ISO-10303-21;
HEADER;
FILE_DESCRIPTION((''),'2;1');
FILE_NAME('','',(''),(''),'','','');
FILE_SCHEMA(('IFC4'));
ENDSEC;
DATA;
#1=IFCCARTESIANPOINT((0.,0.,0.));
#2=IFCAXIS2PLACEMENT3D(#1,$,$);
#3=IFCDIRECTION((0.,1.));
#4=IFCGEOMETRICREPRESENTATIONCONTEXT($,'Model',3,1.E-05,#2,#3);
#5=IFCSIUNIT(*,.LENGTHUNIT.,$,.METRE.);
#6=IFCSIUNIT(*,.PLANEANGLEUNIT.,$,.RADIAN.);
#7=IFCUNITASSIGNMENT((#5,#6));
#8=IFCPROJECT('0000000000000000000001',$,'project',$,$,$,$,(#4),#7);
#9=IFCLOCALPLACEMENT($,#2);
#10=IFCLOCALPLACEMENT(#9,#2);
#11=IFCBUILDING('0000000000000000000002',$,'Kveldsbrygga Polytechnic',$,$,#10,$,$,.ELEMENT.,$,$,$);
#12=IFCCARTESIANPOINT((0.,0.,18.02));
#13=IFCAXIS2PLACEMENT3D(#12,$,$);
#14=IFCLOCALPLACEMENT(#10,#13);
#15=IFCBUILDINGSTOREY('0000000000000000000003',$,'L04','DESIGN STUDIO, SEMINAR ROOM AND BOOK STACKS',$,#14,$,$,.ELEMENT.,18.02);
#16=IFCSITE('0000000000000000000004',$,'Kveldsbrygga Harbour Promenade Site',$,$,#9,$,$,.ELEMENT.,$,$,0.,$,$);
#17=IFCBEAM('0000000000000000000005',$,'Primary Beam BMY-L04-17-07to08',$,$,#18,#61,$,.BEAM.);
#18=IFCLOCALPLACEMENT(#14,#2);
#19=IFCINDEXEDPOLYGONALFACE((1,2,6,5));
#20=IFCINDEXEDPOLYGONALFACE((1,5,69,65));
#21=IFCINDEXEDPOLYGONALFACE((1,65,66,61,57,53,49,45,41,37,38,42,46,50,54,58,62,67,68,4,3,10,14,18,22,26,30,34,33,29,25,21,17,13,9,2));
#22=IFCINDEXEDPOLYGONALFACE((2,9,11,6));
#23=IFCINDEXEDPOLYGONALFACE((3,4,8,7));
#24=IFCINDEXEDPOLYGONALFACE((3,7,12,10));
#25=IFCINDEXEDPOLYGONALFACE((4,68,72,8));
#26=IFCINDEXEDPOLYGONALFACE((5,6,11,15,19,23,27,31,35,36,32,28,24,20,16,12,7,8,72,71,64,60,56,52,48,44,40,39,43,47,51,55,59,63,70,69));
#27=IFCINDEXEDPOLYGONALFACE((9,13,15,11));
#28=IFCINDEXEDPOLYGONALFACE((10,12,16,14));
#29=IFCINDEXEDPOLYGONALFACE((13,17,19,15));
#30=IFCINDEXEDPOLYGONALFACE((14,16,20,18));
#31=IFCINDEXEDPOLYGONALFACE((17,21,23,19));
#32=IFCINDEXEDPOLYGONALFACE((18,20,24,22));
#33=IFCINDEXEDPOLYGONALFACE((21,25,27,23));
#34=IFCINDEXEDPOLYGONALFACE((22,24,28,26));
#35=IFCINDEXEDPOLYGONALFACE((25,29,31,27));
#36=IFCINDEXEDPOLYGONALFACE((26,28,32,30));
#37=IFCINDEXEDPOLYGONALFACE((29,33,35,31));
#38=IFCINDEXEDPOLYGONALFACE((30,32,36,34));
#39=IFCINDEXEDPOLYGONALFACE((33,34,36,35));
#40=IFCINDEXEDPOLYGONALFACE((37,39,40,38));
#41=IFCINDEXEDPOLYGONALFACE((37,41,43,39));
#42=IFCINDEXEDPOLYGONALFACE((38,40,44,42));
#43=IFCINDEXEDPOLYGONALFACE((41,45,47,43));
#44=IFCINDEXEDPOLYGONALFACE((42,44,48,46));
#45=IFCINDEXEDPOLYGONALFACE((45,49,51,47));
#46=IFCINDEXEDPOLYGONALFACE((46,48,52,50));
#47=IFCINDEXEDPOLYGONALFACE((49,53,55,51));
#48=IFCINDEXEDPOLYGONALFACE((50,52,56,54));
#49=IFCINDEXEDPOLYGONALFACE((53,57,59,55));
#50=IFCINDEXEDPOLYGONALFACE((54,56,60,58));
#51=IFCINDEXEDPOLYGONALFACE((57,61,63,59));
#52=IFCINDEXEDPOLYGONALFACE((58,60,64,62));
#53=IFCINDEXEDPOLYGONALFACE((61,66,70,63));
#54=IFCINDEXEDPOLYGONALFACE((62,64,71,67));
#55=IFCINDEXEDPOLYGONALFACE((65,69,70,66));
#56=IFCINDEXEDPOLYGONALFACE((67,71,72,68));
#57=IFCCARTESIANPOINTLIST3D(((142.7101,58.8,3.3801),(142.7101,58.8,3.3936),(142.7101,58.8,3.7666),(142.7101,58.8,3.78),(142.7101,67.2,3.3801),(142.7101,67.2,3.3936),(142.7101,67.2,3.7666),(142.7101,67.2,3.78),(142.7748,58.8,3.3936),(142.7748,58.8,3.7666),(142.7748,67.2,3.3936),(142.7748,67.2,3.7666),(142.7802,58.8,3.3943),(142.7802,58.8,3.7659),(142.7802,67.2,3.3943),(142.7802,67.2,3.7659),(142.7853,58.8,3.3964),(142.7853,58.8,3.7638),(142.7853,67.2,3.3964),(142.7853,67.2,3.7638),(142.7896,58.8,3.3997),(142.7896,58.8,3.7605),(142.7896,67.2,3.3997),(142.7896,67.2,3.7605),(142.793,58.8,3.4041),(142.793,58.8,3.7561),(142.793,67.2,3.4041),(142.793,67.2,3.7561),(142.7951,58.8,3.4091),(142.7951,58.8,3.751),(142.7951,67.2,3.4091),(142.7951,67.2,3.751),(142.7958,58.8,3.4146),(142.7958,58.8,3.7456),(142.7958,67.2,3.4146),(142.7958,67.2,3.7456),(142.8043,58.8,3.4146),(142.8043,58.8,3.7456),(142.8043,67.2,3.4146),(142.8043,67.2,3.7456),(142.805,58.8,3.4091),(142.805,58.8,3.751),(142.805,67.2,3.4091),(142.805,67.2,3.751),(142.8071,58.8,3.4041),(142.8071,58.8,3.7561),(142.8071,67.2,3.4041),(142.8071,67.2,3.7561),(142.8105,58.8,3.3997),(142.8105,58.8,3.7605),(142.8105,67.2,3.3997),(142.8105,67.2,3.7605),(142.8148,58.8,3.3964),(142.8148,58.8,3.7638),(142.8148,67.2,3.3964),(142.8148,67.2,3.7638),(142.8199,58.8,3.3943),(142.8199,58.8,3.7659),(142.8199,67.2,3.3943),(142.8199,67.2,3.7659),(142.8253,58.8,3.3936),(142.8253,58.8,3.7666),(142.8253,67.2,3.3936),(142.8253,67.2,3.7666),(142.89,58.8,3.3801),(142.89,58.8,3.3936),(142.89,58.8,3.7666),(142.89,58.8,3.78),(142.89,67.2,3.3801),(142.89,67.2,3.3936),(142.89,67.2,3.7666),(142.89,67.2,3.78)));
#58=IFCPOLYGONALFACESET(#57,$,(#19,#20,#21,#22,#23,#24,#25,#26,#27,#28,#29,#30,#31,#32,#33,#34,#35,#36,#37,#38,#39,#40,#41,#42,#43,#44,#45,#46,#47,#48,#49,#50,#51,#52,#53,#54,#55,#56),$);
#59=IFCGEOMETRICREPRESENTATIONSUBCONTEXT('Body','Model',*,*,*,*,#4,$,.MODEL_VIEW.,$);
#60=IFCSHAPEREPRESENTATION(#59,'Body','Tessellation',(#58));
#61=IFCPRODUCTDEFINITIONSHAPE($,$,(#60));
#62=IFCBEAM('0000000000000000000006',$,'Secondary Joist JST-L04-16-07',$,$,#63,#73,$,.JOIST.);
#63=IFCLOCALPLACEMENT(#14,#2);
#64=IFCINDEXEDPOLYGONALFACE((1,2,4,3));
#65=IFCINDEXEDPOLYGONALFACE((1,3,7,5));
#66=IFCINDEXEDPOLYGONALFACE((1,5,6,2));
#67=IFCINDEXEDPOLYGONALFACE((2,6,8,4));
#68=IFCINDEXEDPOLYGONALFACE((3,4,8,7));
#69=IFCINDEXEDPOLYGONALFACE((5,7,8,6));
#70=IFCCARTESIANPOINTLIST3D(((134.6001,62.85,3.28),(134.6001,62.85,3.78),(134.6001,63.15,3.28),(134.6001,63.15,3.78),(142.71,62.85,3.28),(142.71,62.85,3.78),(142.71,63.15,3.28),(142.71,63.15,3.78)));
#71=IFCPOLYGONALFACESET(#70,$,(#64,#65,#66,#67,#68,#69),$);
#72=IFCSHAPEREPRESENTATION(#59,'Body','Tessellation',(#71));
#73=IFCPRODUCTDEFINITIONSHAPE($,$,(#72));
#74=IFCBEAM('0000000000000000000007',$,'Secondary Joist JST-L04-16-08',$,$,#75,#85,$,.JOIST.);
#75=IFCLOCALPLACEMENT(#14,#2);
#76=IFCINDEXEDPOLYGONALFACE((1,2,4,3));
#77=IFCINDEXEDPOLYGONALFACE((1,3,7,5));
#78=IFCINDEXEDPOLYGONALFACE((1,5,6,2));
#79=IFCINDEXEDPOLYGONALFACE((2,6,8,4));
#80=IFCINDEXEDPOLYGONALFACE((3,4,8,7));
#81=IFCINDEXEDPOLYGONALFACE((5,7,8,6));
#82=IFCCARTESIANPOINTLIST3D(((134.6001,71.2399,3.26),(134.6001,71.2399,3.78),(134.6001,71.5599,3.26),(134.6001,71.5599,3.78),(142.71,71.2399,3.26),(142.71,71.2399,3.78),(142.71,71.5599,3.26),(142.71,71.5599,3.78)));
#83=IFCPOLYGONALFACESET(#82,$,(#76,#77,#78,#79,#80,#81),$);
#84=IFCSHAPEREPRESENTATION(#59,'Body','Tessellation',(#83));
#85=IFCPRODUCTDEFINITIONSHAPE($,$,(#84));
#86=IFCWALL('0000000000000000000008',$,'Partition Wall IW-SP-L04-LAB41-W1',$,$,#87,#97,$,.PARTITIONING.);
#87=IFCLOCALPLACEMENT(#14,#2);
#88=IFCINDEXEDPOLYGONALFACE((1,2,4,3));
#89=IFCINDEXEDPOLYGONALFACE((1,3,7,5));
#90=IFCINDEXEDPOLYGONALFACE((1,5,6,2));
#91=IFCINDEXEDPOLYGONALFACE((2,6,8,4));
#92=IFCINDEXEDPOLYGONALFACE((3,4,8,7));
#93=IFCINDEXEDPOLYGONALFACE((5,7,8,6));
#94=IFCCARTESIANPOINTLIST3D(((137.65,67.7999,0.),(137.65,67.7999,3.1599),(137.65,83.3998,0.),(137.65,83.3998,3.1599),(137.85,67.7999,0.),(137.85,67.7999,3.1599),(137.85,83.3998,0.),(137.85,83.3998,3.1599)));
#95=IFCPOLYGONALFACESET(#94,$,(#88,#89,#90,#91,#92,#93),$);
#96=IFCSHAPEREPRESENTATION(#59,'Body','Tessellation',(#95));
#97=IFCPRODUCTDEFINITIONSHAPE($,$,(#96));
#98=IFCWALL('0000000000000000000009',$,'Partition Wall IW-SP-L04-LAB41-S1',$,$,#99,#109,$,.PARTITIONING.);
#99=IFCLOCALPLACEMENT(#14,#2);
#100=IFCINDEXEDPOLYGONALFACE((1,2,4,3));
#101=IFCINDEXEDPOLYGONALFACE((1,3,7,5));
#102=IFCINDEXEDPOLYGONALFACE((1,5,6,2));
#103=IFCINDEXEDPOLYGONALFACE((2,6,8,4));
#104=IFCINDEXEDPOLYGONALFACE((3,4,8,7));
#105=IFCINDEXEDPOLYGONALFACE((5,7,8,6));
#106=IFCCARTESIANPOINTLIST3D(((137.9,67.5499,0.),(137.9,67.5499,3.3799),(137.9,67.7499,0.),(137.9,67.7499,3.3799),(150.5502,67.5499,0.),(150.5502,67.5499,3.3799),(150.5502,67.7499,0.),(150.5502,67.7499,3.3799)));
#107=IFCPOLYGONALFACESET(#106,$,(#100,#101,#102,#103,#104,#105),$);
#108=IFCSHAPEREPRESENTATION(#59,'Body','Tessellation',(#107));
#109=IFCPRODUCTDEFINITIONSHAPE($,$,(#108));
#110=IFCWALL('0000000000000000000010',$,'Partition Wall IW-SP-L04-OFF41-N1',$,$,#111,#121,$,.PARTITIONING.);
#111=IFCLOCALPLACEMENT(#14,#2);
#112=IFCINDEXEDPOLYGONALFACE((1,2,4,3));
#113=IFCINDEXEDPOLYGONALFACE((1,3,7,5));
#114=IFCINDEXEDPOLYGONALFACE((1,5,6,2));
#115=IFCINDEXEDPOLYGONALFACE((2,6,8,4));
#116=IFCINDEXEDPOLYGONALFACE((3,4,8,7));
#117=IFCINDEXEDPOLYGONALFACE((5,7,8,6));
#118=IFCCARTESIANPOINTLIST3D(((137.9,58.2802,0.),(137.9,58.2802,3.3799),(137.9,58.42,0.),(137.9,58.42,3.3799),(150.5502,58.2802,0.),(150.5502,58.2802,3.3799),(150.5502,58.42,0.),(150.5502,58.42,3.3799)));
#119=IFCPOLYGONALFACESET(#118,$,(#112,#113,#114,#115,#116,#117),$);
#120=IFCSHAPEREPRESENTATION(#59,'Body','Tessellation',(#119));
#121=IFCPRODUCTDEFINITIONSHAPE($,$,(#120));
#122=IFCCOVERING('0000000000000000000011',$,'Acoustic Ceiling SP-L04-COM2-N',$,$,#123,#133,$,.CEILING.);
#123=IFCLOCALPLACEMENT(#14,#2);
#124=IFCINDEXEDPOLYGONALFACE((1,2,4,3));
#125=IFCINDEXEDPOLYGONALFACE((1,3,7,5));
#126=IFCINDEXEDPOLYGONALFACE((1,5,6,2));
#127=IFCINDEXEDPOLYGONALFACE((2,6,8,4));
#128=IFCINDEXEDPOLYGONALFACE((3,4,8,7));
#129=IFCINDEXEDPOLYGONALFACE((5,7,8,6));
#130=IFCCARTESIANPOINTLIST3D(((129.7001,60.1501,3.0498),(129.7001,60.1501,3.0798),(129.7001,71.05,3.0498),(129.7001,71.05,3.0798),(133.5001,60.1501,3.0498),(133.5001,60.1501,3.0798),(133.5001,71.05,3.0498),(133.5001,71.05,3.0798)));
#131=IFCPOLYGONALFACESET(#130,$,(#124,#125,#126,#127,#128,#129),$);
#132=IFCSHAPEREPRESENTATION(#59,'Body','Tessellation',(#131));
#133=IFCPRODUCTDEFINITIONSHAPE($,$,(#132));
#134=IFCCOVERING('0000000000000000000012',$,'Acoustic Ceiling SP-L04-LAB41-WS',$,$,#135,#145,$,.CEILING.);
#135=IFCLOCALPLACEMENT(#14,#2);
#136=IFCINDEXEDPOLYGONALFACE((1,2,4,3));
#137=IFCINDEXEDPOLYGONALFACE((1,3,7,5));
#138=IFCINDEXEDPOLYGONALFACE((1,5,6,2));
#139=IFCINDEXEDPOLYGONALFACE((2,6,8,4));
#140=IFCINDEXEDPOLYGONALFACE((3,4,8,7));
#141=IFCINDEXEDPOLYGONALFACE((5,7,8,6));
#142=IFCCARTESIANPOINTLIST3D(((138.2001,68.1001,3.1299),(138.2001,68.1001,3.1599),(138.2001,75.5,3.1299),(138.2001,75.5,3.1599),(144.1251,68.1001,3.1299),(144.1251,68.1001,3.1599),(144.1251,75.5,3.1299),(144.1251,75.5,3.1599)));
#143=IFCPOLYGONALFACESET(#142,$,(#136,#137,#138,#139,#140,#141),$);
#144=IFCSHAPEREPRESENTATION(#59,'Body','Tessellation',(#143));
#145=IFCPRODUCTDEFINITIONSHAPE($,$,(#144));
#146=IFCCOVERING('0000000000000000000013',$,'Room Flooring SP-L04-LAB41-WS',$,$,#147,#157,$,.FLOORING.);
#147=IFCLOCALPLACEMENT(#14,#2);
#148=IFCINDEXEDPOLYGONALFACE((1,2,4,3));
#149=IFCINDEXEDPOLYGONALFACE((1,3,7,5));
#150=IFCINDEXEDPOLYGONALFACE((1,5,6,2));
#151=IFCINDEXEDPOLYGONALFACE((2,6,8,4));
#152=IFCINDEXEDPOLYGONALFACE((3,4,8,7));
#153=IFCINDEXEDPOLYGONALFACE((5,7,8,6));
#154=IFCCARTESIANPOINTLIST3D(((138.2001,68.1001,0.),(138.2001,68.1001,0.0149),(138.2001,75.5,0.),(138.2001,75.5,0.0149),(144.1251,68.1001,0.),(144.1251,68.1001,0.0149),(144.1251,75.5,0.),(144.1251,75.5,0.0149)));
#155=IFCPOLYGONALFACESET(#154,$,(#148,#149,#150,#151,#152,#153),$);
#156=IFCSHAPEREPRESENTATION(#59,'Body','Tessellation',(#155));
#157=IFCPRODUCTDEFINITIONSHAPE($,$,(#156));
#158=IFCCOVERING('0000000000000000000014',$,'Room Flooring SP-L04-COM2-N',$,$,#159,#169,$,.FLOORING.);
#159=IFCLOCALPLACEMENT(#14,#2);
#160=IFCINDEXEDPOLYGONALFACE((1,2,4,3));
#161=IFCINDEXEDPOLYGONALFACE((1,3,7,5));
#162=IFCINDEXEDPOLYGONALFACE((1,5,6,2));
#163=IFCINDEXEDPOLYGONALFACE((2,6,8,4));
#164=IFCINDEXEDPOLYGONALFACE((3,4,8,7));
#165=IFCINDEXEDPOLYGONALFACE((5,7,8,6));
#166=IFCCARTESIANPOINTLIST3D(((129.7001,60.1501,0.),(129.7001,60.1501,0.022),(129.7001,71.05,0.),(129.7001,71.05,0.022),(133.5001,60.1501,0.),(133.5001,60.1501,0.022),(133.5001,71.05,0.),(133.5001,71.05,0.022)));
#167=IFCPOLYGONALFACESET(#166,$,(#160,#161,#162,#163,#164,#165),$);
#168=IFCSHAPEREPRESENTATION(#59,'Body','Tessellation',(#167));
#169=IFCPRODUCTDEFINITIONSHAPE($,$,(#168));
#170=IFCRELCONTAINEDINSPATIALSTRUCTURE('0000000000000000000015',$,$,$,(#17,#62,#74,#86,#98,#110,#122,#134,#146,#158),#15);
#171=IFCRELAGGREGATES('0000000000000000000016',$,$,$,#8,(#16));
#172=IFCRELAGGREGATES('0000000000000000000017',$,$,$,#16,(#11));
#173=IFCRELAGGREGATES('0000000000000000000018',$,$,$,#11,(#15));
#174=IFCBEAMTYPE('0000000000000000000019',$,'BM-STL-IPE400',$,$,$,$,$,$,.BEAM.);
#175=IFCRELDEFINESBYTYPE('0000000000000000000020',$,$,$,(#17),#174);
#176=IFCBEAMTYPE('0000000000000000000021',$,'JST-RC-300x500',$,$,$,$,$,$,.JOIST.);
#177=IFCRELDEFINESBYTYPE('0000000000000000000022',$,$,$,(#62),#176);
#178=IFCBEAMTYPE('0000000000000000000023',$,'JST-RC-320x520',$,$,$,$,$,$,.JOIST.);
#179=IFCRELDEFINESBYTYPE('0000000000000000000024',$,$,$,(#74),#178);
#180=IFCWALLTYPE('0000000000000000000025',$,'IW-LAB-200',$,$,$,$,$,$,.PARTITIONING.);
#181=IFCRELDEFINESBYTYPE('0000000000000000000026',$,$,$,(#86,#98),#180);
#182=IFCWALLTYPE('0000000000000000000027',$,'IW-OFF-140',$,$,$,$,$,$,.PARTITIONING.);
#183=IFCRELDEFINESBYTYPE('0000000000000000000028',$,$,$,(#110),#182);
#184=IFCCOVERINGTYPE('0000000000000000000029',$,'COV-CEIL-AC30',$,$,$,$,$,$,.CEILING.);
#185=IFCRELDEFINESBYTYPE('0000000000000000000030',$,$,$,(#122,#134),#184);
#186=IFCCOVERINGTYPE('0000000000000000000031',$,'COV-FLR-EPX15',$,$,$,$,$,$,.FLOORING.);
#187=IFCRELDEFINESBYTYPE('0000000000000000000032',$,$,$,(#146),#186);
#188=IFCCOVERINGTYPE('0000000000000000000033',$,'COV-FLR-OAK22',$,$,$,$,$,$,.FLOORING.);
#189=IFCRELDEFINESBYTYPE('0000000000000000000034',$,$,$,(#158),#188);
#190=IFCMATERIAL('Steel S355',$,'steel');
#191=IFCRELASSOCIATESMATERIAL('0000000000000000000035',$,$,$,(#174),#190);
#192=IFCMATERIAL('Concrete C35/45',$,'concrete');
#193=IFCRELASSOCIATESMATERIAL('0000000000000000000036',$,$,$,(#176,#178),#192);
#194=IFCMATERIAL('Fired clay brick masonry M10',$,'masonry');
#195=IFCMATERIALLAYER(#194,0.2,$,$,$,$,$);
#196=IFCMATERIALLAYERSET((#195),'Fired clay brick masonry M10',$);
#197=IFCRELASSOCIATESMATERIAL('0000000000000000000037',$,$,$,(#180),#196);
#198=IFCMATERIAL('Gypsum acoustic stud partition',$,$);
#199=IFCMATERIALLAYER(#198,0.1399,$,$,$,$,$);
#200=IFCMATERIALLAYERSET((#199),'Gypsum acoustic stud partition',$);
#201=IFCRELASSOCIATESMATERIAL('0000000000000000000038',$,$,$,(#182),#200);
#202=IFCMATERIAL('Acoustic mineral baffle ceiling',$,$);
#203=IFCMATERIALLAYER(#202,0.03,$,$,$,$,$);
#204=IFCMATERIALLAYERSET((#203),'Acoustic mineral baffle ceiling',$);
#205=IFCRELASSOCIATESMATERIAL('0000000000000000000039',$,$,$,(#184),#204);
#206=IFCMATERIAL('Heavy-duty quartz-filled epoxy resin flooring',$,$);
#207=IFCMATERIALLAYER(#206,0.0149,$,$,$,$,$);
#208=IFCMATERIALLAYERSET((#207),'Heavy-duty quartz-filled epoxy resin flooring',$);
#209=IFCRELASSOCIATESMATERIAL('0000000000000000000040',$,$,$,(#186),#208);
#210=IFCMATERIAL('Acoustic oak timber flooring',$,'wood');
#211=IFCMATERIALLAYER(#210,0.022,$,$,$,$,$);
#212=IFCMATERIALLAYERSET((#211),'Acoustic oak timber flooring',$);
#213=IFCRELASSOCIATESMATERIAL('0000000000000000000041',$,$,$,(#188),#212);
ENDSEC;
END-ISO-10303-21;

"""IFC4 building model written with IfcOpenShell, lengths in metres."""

from ifc_helpers import new_model, si_unit, direction, frame, frame_2d, origin, origin_2d, place, context, subcontext, project, spatial, rectangle, i_section, extrude, material, layer, layer_set, material_profile, profile_set, type_object, element, save


model = new_model("IFC4")

# Units and contexts
model_context = context("Model", 3, precision=1e-05, world=origin(), true_north=direction((0.0, 1.0)))
body_context = subcontext(model_context, "Body", "Model", "MODEL_VIEW")
ifc_project = project(units=[si_unit("LENGTHUNIT", "METRE"), si_unit("PLANEANGLEUNIT", "RADIAN")], contexts=[model_context])

# Site, building, storey
site_placement = place(None, origin())
site = spatial("IfcSite", under=ifc_project, at=site_placement, Name="Kveldsbrygga Harbour Promenade Site", CompositionType="ELEMENT", RefElevation=0.0)
building_placement = place(site_placement, origin())
building = spatial("IfcBuilding", under=site, at=building_placement, Name="Kveldsbrygga Polytechnic", CompositionType="ELEMENT")
storey_placement = place(building_placement, frame((0.0, 0.0, 18.02)))
storey = spatial("IfcBuildingStorey", under=building, at=storey_placement, Name="L04", Description="DESIGN STUDIO, SEMINAR ROOM AND BOOK STACKS", CompositionType="ELEMENT", Elevation=18.02)

# Beams
ifc_material_1 = material(Name="Concrete C35/45", Category="concrete")
ifc_material_2 = material(Name="Steel S355", Category="steel")
ifc_material_profile_1 = material_profile(ifc_material_2, i_section(OverallWidth=0.1799, OverallDepth=0.3999, WebThickness=0.0085, FlangeThickness=0.0134, FilletRadius=0.021, at=origin_2d()), Name="IPE 400")
ifc_profile_set_1 = profile_set([ifc_material_profile_1], Name="Steel S355")
beam_type_1 = type_object("IfcBeamType", Name="BM-STL-IPE400", PredefinedType="BEAM", material=ifc_profile_set_1)
beam_1_placement = place(storey_placement, frame((142.8, 58.8, 3.5801), z_axis=(0.0, 1.0, 0.0), x_axis=(-1.0, 0.0, 0.0)))
element("IfcBeam", 1, at=beam_1_placement, inside=storey, type_object=beam_type_1, Name="Primary Beam BMY-L04-17-07to08", PredefinedType="BEAM", context=body_context, shape_type="SweptSolid", body=[
    extrude(i_section(OverallWidth=0.1799, OverallDepth=0.3999, WebThickness=0.0085, FlangeThickness=0.0134, FilletRadius=0.021, at=origin_2d()), origin(), (0.0, 0.0, 1.0), 8.3999),
])
ifc_material_profile_2 = material_profile(ifc_material_1, rectangle(XDim=0.3, YDim=0.5, at=origin_2d()), Name="RC 300x500")
ifc_profile_set_2 = profile_set([ifc_material_profile_2], Name="Concrete C35/45")
beam_type_2 = type_object("IfcBeamType", Name="JST-RC-300x500", PredefinedType="JOIST", material=ifc_profile_set_2)
beam_2_placement = place(storey_placement, frame((134.6001, 63.0, 3.53), z_axis=(1.0, 0.0, 0.0), x_axis=(0.0, 1.0, 0.0)))
element("IfcBeam", 2, at=beam_2_placement, inside=storey, type_object=beam_type_2, Name="Secondary Joist JST-L04-16-07", PredefinedType="JOIST", context=body_context, shape_type="SweptSolid", body=[
    extrude(rectangle(XDim=0.3, YDim=0.5, at=origin_2d()), origin(), (0.0, 0.0, 1.0), 8.1099),
])
ifc_material_profile_3 = material_profile(ifc_material_1, rectangle(XDim=0.3201, YDim=0.52, at=origin_2d()), Name="RC 320x520")
ifc_profile_set_3 = profile_set([ifc_material_profile_3], Name="Concrete C35/45")
beam_type_3 = type_object("IfcBeamType", Name="JST-RC-320x520", PredefinedType="JOIST", material=ifc_profile_set_3)
beam_3_placement = place(storey_placement, frame((134.6001, 71.3999, 3.52), z_axis=(1.0, 0.0, 0.0), x_axis=(0.0, 1.0, 0.0)))
element("IfcBeam", 3, at=beam_3_placement, inside=storey, type_object=beam_type_3, Name="Secondary Joist JST-L04-16-08", PredefinedType="JOIST", context=body_context, shape_type="SweptSolid", body=[
    extrude(rectangle(XDim=0.3201, YDim=0.52, at=origin_2d()), origin(), (0.0, 0.0, 1.0), 8.1099),
])

# Walls
ifc_material_3 = material(Name="Fired clay brick masonry M10", Category="masonry")
ifc_layer_1 = layer(ifc_material_3, 0.2)
ifc_layer_set_1 = layer_set([ifc_layer_1], Name="Fired clay brick masonry M10")
wall_type_1 = type_object("IfcWallType", Name="IW-LAB-200", PredefinedType="PARTITIONING", material=ifc_layer_set_1)
wall_1_placement = place(storey_placement, frame((137.75, 67.8, 0.0), z_axis=(0.0, 0.0, 1.0), x_axis=(0.0, 1.0, 0.0)))
element("IfcWall", 4, at=wall_1_placement, inside=storey, type_object=wall_type_1, Name="Partition Wall IW-SP-L04-LAB41-W1", PredefinedType="PARTITIONING", context=body_context, shape_type="SweptSolid", body=[
    extrude(rectangle(XDim=15.5999, YDim=0.2, at=frame_2d((7.7998, 0.0))), origin(), (0.0, 0.0, 1.0), 3.1599),
])
wall_2_placement = place(storey_placement, frame((137.8999, 67.6499, 0.0), z_axis=(0.0, 0.0, 1.0), x_axis=(1.0, 0.0, 0.0)))
element("IfcWall", 5, at=wall_2_placement, inside=storey, type_object=wall_type_1, Name="Partition Wall IW-SP-L04-LAB41-S1", PredefinedType="PARTITIONING", context=body_context, shape_type="SweptSolid", body=[
    extrude(rectangle(XDim=12.6501, YDim=0.2, at=frame_2d((6.3252, 0.0))), origin(), (0.0, 0.0, 1.0), 3.3799),
])
ifc_material_4 = material(Name="Gypsum acoustic stud partition")
ifc_layer_2 = layer(ifc_material_4, 0.1399)
ifc_layer_set_2 = layer_set([ifc_layer_2], Name="Gypsum acoustic stud partition")
wall_type_2 = type_object("IfcWallType", Name="IW-OFF-140", PredefinedType="PARTITIONING", material=ifc_layer_set_2)
wall_3_placement = place(storey_placement, frame((137.8999, 58.3501, 0.0), z_axis=(0.0, 0.0, 1.0), x_axis=(1.0, 0.0, 0.0)))
element("IfcWall", 6, at=wall_3_placement, inside=storey, type_object=wall_type_2, Name="Partition Wall IW-SP-L04-OFF41-N1", PredefinedType="PARTITIONING", context=body_context, shape_type="SweptSolid", body=[
    extrude(rectangle(XDim=12.6501, YDim=0.1399, at=frame_2d((6.3252, 0.0))), origin(), (0.0, 0.0, 1.0), 3.3799),
])

# Coverings
ifc_material_5 = material(Name="Acoustic mineral baffle ceiling")
ifc_layer_3 = layer(ifc_material_5, 0.03)
ifc_layer_set_3 = layer_set([ifc_layer_3], Name="Acoustic mineral baffle ceiling")
covering_type_1 = type_object("IfcCoveringType", Name="COV-CEIL-AC30", PredefinedType="CEILING", material=ifc_layer_set_3)
covering_1_placement = place(storey_placement, frame((131.6001, 65.6001, 3.0498), z_axis=(0.0, 0.0, 1.0), x_axis=(1.0, 0.0, 0.0)))
element("IfcCovering", 7, at=covering_1_placement, inside=storey, type_object=covering_type_1, Name="Acoustic Ceiling SP-L04-COM2-N", PredefinedType="CEILING", context=body_context, shape_type="SweptSolid", body=[
    extrude(rectangle(XDim=3.8, YDim=10.8999, at=origin_2d()), origin(), (0.0, 0.0, 1.0), 0.03),
])
covering_2_placement = place(storey_placement, frame((141.1626, 71.8, 3.1299), z_axis=(0.0, 0.0, 1.0), x_axis=(1.0, 0.0, 0.0)))
element("IfcCovering", 8, at=covering_2_placement, inside=storey, type_object=covering_type_1, Name="Acoustic Ceiling SP-L04-LAB41-WS", PredefinedType="CEILING", context=body_context, shape_type="SweptSolid", body=[
    extrude(rectangle(XDim=5.925, YDim=7.3999, at=origin_2d()), origin(), (0.0, 0.0, 1.0), 0.03),
])
ifc_material_6 = material(Name="Heavy-duty quartz-filled epoxy resin flooring")
ifc_layer_4 = layer(ifc_material_6, 0.0149)
ifc_layer_set_4 = layer_set([ifc_layer_4], Name="Heavy-duty quartz-filled epoxy resin flooring")
covering_type_2 = type_object("IfcCoveringType", Name="COV-FLR-EPX15", PredefinedType="FLOORING", material=ifc_layer_set_4)
covering_3_placement = place(storey_placement, frame((141.1626, 71.8, 0.0), z_axis=(0.0, 0.0, 1.0), x_axis=(1.0, 0.0, 0.0)))
element("IfcCovering", 9, at=covering_3_placement, inside=storey, type_object=covering_type_2, Name="Room Flooring SP-L04-LAB41-WS", PredefinedType="FLOORING", context=body_context, shape_type="SweptSolid", body=[
    extrude(rectangle(XDim=5.925, YDim=7.3999, at=origin_2d()), origin(), (0.0, 0.0, 1.0), 0.0149),
])
ifc_material_7 = material(Name="Acoustic oak timber flooring", Category="wood")
ifc_layer_5 = layer(ifc_material_7, 0.022)
ifc_layer_set_5 = layer_set([ifc_layer_5], Name="Acoustic oak timber flooring")
covering_type_3 = type_object("IfcCoveringType", Name="COV-FLR-OAK22", PredefinedType="FLOORING", material=ifc_layer_set_5)
covering_4_placement = place(storey_placement, frame((131.6001, 65.6001, 0.0), z_axis=(0.0, 0.0, 1.0), x_axis=(1.0, 0.0, 0.0)))
element("IfcCovering", 10, at=covering_4_placement, inside=storey, type_object=covering_type_3, Name="Room Flooring SP-L04-COM2-N", PredefinedType="FLOORING", context=body_context, shape_type="SweptSolid", body=[
    extrude(rectangle(XDim=3.8, YDim=10.8999, at=origin_2d()), origin(), (0.0, 0.0, 1.0), 0.022),
])

save(model, "model.ifc")
